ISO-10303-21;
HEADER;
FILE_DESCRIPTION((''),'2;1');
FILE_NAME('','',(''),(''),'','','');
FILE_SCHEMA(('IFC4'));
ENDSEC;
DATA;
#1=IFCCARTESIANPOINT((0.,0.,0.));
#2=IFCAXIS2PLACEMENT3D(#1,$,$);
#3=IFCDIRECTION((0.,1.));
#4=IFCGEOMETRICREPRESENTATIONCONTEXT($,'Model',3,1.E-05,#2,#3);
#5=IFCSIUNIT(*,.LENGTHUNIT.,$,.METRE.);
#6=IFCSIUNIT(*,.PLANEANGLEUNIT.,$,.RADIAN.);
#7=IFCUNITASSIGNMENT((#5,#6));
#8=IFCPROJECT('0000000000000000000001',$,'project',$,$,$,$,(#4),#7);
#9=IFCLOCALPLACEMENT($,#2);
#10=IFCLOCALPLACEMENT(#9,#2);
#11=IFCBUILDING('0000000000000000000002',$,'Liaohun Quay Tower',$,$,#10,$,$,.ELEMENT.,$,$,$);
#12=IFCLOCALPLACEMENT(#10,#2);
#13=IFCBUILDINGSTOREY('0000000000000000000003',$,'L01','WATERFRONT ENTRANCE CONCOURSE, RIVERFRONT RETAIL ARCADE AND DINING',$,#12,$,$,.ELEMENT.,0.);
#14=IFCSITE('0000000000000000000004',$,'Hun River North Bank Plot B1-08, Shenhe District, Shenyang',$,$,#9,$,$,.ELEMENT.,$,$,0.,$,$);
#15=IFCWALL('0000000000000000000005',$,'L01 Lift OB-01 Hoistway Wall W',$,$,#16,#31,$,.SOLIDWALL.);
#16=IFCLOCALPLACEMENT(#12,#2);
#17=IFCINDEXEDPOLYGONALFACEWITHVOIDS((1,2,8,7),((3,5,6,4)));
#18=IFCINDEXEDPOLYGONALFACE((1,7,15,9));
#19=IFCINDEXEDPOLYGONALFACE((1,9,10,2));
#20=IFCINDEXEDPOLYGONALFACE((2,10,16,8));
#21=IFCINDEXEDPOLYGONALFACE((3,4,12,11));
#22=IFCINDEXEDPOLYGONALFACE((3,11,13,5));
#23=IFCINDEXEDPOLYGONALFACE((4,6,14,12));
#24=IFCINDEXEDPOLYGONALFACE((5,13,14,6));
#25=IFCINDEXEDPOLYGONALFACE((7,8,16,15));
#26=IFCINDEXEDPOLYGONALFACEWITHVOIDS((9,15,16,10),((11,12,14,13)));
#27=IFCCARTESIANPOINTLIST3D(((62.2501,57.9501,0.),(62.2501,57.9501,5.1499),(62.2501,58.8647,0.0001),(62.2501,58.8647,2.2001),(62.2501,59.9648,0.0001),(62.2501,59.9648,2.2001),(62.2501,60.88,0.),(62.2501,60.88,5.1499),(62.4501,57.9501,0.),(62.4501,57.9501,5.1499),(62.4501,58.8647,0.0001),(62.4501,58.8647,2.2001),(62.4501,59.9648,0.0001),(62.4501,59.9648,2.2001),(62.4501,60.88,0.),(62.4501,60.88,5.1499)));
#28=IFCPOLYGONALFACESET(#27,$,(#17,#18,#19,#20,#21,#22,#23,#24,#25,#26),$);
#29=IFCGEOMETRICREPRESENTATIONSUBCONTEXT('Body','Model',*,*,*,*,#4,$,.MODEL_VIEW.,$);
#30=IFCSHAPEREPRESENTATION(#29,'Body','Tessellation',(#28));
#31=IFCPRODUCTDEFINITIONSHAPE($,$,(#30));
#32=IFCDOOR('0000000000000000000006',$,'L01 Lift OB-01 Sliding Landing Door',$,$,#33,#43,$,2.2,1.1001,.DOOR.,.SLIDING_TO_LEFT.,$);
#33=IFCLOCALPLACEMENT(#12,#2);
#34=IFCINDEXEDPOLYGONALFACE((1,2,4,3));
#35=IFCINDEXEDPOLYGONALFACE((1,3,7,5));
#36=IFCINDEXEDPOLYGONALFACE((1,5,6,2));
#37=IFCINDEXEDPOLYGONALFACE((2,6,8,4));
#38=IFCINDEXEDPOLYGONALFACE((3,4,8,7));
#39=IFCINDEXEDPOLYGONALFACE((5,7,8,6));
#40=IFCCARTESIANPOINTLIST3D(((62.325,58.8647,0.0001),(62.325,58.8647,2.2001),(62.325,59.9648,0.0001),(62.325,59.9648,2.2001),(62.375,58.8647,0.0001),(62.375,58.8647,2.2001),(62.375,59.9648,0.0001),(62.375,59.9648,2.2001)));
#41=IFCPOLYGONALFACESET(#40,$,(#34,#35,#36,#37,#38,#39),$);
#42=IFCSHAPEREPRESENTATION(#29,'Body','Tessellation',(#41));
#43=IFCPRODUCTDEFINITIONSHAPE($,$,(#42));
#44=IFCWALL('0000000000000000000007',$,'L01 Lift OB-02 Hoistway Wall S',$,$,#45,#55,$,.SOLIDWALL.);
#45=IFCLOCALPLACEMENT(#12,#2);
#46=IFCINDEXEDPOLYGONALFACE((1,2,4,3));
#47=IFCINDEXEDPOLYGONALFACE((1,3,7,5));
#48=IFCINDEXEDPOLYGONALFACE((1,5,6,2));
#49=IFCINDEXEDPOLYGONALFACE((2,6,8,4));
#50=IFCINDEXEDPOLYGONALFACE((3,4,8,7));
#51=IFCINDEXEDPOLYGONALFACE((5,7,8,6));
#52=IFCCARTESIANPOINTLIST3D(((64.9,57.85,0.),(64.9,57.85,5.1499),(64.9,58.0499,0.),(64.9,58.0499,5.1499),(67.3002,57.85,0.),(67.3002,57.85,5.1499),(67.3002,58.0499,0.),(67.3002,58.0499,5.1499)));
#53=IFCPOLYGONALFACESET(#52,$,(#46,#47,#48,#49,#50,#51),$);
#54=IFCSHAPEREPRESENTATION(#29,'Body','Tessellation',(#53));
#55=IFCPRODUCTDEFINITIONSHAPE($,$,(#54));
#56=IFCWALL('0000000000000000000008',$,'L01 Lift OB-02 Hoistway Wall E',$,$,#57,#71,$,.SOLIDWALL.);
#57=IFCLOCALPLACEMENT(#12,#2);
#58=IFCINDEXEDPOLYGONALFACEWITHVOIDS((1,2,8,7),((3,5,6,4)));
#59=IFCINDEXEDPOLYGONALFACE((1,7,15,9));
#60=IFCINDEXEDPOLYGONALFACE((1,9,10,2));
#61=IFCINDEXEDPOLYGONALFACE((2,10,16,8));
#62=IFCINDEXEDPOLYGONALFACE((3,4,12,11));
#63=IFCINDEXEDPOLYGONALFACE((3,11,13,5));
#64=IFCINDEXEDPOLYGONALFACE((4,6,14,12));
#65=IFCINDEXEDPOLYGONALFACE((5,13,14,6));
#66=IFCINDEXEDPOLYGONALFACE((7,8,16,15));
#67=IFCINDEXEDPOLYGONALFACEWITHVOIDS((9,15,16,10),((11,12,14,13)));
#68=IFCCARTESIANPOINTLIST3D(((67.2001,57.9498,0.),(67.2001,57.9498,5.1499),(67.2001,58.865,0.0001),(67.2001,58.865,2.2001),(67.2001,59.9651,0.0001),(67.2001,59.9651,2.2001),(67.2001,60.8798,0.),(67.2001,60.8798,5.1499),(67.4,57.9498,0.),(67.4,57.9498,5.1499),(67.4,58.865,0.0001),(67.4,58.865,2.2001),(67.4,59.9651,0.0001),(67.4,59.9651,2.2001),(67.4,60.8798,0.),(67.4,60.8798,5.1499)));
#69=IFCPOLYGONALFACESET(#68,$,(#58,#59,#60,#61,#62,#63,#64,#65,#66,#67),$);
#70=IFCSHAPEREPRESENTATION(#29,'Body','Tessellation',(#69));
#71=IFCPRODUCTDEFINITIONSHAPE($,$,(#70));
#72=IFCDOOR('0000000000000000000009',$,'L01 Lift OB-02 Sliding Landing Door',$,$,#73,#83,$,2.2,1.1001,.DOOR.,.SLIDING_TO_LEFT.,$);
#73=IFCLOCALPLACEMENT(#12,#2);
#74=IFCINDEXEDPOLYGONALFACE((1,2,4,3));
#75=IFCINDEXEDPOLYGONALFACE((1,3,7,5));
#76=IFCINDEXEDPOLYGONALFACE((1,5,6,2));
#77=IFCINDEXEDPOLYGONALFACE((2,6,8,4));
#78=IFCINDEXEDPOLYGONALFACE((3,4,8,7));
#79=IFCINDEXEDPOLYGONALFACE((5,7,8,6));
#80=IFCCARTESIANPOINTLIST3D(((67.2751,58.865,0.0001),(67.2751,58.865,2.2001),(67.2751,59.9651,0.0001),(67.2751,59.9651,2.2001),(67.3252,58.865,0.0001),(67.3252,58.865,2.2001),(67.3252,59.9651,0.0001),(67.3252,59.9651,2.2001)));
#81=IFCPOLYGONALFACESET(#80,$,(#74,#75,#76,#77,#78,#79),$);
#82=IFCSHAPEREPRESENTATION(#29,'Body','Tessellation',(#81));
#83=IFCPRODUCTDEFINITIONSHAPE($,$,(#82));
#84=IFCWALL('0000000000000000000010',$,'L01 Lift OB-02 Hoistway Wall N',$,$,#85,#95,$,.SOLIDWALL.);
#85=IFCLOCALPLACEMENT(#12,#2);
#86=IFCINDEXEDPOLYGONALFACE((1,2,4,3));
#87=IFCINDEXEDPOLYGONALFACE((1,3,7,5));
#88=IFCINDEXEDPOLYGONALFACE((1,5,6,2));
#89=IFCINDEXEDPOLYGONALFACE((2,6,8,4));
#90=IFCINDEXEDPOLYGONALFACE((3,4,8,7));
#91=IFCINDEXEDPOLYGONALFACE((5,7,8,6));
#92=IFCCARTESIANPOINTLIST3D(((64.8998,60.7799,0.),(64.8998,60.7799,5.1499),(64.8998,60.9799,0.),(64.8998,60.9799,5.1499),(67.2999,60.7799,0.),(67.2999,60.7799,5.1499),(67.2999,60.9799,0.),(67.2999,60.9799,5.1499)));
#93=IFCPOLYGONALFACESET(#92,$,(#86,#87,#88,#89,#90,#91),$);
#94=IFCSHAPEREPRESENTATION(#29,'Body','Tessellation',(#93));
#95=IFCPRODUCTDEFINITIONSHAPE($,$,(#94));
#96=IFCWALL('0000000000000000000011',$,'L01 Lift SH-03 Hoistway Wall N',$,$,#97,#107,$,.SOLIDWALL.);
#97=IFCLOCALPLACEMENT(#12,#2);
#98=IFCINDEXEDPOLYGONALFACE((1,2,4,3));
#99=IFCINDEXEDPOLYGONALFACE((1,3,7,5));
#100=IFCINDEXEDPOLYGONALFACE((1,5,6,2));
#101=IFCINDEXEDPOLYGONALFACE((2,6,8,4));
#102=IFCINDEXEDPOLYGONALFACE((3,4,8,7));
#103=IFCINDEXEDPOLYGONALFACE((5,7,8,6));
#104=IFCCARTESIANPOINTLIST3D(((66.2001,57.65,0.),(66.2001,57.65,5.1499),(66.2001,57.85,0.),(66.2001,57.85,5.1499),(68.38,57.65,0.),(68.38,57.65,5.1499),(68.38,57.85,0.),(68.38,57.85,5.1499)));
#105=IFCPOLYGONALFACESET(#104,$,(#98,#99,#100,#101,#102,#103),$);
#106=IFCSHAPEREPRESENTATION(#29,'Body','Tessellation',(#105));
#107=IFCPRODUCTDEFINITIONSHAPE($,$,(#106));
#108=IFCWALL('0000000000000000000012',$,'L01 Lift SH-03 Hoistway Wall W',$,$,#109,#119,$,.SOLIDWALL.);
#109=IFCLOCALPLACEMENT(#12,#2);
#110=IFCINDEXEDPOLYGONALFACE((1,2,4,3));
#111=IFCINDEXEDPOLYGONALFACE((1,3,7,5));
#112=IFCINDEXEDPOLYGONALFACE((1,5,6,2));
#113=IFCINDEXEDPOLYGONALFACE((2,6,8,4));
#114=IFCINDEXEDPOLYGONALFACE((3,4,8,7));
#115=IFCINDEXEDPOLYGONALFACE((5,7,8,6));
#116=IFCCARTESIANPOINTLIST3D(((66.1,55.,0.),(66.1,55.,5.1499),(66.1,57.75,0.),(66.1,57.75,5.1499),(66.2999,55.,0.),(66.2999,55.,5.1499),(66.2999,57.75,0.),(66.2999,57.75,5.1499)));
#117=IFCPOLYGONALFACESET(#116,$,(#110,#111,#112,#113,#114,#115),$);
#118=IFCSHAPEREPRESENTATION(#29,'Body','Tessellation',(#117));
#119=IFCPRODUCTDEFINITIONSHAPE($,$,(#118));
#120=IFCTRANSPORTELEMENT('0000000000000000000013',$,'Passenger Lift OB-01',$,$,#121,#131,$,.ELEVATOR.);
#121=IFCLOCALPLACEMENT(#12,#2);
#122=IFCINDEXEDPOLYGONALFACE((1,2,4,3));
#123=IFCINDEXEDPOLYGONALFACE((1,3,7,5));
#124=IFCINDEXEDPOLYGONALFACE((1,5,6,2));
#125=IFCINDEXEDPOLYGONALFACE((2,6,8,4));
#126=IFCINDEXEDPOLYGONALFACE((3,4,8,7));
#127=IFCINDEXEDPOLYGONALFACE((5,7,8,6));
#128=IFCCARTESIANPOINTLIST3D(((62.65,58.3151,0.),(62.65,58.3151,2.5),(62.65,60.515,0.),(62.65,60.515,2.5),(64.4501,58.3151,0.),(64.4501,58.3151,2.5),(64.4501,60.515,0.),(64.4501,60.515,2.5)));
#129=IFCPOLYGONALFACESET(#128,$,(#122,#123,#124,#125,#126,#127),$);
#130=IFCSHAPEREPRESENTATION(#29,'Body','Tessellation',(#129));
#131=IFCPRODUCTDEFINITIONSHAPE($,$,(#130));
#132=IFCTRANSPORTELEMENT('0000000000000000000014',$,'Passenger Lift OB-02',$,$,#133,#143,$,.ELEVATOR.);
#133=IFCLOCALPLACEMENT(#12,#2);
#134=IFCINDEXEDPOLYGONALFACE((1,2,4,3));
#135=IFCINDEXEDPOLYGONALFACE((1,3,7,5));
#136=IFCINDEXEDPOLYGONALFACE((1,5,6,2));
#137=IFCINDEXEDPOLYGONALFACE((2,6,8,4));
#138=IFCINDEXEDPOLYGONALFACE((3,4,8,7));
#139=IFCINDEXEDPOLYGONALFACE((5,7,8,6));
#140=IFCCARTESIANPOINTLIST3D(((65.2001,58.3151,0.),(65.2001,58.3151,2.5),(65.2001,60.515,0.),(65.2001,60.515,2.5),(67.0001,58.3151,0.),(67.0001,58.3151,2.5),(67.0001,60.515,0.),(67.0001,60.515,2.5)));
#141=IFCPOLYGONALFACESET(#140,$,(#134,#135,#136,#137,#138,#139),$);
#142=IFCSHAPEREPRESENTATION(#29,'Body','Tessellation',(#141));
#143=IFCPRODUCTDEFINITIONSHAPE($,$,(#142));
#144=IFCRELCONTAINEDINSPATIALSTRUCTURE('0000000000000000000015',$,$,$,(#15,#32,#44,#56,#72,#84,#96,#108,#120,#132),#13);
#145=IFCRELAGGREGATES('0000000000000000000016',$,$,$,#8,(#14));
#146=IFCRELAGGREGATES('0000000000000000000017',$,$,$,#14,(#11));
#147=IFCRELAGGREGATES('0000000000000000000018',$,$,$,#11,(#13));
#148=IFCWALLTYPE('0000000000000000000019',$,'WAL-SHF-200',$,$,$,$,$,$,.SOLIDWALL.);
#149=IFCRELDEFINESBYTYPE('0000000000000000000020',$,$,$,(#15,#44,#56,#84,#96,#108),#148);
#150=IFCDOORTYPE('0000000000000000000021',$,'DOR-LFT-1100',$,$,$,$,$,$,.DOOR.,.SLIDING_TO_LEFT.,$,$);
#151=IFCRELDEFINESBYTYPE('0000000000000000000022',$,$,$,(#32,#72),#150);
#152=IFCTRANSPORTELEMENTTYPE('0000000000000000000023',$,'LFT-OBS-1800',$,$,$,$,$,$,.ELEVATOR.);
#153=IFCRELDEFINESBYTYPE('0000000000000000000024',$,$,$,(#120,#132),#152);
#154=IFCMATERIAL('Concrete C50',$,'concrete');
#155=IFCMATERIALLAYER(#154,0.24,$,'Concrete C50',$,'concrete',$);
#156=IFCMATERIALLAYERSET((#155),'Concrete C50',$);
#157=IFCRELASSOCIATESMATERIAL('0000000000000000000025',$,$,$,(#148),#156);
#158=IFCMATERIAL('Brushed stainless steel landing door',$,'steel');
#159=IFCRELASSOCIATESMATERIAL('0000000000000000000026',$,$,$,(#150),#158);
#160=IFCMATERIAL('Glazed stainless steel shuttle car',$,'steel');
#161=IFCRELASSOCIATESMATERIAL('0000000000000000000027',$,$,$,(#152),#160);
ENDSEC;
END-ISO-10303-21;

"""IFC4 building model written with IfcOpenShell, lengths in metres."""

from ifc_helpers import new_model, si_unit, direction, frame, frame_2d, origin, origin_2d, place, context, subcontext, project, spatial, rectangle, extrude, source, transform, mapped, material, layer, layer_set, type_object, element, fill, save


model = new_model("IFC4")

# Units and contexts
model_context = context("Model", 3, precision=1e-05, world=origin(), true_north=direction((0.0, 1.0)))
body_context = subcontext(model_context, "Body", "Model", "MODEL_VIEW")
ifc_project = project(units=[si_unit("LENGTHUNIT", "METRE"), si_unit("PLANEANGLEUNIT", "RADIAN")], contexts=[model_context])

# Site, building, storey
site_placement = place(None, origin())
site = spatial("IfcSite", under=ifc_project, at=site_placement, Name="Hun River North Bank Plot B1-08, Shenhe District, Shenyang", CompositionType="ELEMENT", RefElevation=0.0)
building_placement = place(site_placement, origin())
building = spatial("IfcBuilding", under=site, at=building_placement, Name="Liaohun Quay Tower", CompositionType="ELEMENT")
storey_placement = place(building_placement, origin())
storey = spatial("IfcBuildingStorey", under=building, at=storey_placement, Name="L01", Description="WATERFRONT ENTRANCE CONCOURSE, RIVERFRONT RETAIL ARCADE AND DINING", CompositionType="ELEMENT", Elevation=0.0)

# Shared definitions
ifc_material_1 = material(Name="Concrete C50", Category="concrete")
ifc_layer_1 = layer(ifc_material_1, 0.24, Name="Concrete C50", Category="concrete")
ifc_layer_set_1 = layer_set([ifc_layer_1], Name="Concrete C50")
wall_type_1 = type_object("IfcWallType", Name="WAL-SHF-200", PredefinedType="SOLIDWALL", material=ifc_layer_set_1)

# Wall, opening, door
wall_1_placement = place(storey_placement, frame((62.3501, 60.8799, 0.0), z_axis=(0.0, 0.0, 1.0), x_axis=(0.0, -1.0, 0.0)))
wall_1 = element("IfcWall", 1, at=wall_1_placement, inside=storey, type_object=wall_type_1, Name="L01 Lift OB-01 Hoistway Wall W", PredefinedType="SOLIDWALL", context=body_context, shape_type="SweptSolid", body=[
    extrude(rectangle(XDim=2.9299, YDim=0.2, at=frame_2d((1.4648, 0.0))), origin(), (0.0, 0.0, 1.0), 5.1499),
])
shared_shape_1 = source(origin(), body_context, "Body", "SweptSolid", [
    extrude(rectangle(XDim=1.1001, YDim=2.2, at=frame_2d((0.55, 1.1001))), frame((0.0, 0.1099, 0.0), z_axis=(0.0, -1.0, 0.0), x_axis=(1.0, 0.0, 0.0)), (0.0, 0.0, 1.0), 0.22),
])
opening_1_placement = place(wall_1_placement, frame((0.915, 0.0, 0.0)))
opening_1 = element("IfcOpeningElement", 2, at=opening_1_placement, cuts=wall_1, PredefinedType="OPENING", context=body_context, shape_type="MappedRepresentation", body=[
    mapped(shared_shape_1, transform((0.0, 0.0, 0.0), x_axis=(1.0, 0.0, 0.0), y_axis=(0.0, 1.0, 0.0), z_axis=(0.0, 0.0, 1.0), scale=1.0)),
])
ifc_material_2 = material(Name="Brushed stainless steel landing door", Category="steel")
door_type_1 = type_object("IfcDoorType", Name="DOR-LFT-1100", OperationType="SLIDING_TO_LEFT", PredefinedType="DOOR", material=ifc_material_2)
shared_shape_2 = source(origin(), body_context, "Body", "SweptSolid", [
    extrude(rectangle(XDim=1.1001, YDim=2.2, at=frame_2d((0.55, 1.1001))), frame((0.0, 0.0249, 0.0), z_axis=(0.0, -1.0, 0.0), x_axis=(1.0, 0.0, 0.0)), (0.0, 0.0, 1.0), 0.05),
])
door_1_placement = place(opening_1_placement, origin())
door_1 = element("IfcDoor", 3, at=door_1_placement, inside=storey, type_object=door_type_1, Name="L01 Lift OB-01 Sliding Landing Door", OperationType="SLIDING_TO_LEFT", OverallHeight=2.2, OverallWidth=1.1001, PredefinedType="DOOR", context=body_context, shape_type="MappedRepresentation", body=[
    mapped(shared_shape_2, transform((0.0, 0.0, 0.0), x_axis=(1.0, 0.0, 0.0), y_axis=(0.0, 1.0, 0.0), z_axis=(0.0, 0.0, 1.0), scale=1.0)),
])
fill(opening_1, door_1)

# Wall
wall_2_placement = place(storey_placement, frame((64.8999, 57.95, 0.0), z_axis=(0.0, 0.0, 1.0), x_axis=(1.0, 0.0, 0.0)))
element("IfcWall", 4, at=wall_2_placement, inside=storey, type_object=wall_type_1, Name="L01 Lift OB-02 Hoistway Wall S", PredefinedType="SOLIDWALL", context=body_context, shape_type="SweptSolid", body=[
    extrude(rectangle(XDim=2.4001, YDim=0.2, at=frame_2d((1.2002, 0.0))), origin(), (0.0, 0.0, 1.0), 5.1499),
])

# Wall, opening, door
wall_3_placement = place(storey_placement, frame((67.3, 57.95, 0.0), z_axis=(0.0, 0.0, 1.0), x_axis=(0.0, 1.0, 0.0)))
wall_3 = element("IfcWall", 5, at=wall_3_placement, inside=storey, type_object=wall_type_1, Name="L01 Lift OB-02 Hoistway Wall E", PredefinedType="SOLIDWALL", context=body_context, shape_type="SweptSolid", body=[
    extrude(rectangle(XDim=2.9299, YDim=0.2, at=frame_2d((1.4648, 0.0))), origin(), (0.0, 0.0, 1.0), 5.1499),
])
opening_2_placement = place(wall_3_placement, frame((0.915, 0.0, 0.0)))
opening_2 = element("IfcOpeningElement", 6, at=opening_2_placement, cuts=wall_3, PredefinedType="OPENING", context=body_context, shape_type="MappedRepresentation", body=[
    mapped(shared_shape_1, transform((0.0, 0.0, 0.0), x_axis=(1.0, 0.0, 0.0), y_axis=(0.0, 1.0, 0.0), z_axis=(0.0, 0.0, 1.0), scale=1.0)),
])
door_2_placement = place(opening_2_placement, origin())
door_2 = element("IfcDoor", 7, at=door_2_placement, inside=storey, type_object=door_type_1, Name="L01 Lift OB-02 Sliding Landing Door", OperationType="SLIDING_TO_LEFT", OverallHeight=2.2, OverallWidth=1.1001, PredefinedType="DOOR", context=body_context, shape_type="MappedRepresentation", body=[
    mapped(shared_shape_2, transform((0.0, 0.0, 0.0), x_axis=(1.0, 0.0, 0.0), y_axis=(0.0, 1.0, 0.0), z_axis=(0.0, 0.0, 1.0), scale=1.0)),
])
fill(opening_2, door_2)

# Walls
wall_4_placement = place(storey_placement, frame((67.3, 60.8799, 0.0), z_axis=(0.0, 0.0, 1.0), x_axis=(-1.0, 0.0, 0.0)))
element("IfcWall", 8, at=wall_4_placement, inside=storey, type_object=wall_type_1, Name="L01 Lift OB-02 Hoistway Wall N", PredefinedType="SOLIDWALL", context=body_context, shape_type="SweptSolid", body=[
    extrude(rectangle(XDim=2.4001, YDim=0.2, at=frame_2d((1.2002, 0.0))), origin(), (0.0, 0.0, 1.0), 5.1499),
])
wall_5_placement = place(storey_placement, frame((68.3799, 57.75, 0.0), z_axis=(0.0, 0.0, 1.0), x_axis=(-1.0, 0.0, 0.0)))
element("IfcWall", 9, at=wall_5_placement, inside=storey, type_object=wall_type_1, Name="L01 Lift SH-03 Hoistway Wall N", PredefinedType="SOLIDWALL", context=body_context, shape_type="SweptSolid", body=[
    extrude(rectangle(XDim=2.1799, YDim=0.2, at=frame_2d((1.0898, 0.0))), origin(), (0.0, 0.0, 1.0), 5.1499),
])
wall_6_placement = place(storey_placement, frame((66.2, 57.75, 0.0), z_axis=(0.0, 0.0, 1.0), x_axis=(0.0, -1.0, 0.0)))
element("IfcWall", 10, at=wall_6_placement, inside=storey, type_object=wall_type_1, Name="L01 Lift SH-03 Hoistway Wall W", PredefinedType="SOLIDWALL", context=body_context, shape_type="SweptSolid", body=[
    extrude(rectangle(XDim=2.75, YDim=0.2, at=frame_2d((1.375, 0.0))), origin(), (0.0, 0.0, 1.0), 5.1499),
])

# Transport elements
ifc_material_3 = material(Name="Glazed stainless steel shuttle car", Category="steel")
transport_element_type = type_object("IfcTransportElementType", Name="LFT-OBS-1800", PredefinedType="ELEVATOR", material=ifc_material_3)
shared_shape_3 = source(origin(), body_context, "Body", "SweptSolid", [
    extrude(rectangle(XDim=1.8, YDim=2.2, at=origin_2d()), origin(), (0.0, 0.0, 1.0), 2.5),
])
for number, where, z_axis, x_axis, name in (
    (11, (63.55, 59.415, 0.0), (0.0, 0.0, 1.0), (1.0, 0.0, 0.0), "Passenger Lift OB-01"),
    (12, (66.1001, 59.415, 0.0), (0.0, 0.0, 1.0), (1.0, 0.0, 0.0), "Passenger Lift OB-02"),
):
    element("IfcTransportElement", number, at=place(storey_placement, frame(where, z_axis=z_axis, x_axis=x_axis)), inside=storey, type_object=transport_element_type, Name=name, PredefinedType="ELEVATOR", context=body_context, shape_type="MappedRepresentation", body=[
        mapped(shared_shape_3, transform((0.0, 0.0, 0.0), x_axis=(1.0, 0.0, 0.0), y_axis=(0.0, 1.0, 0.0), z_axis=(0.0, 0.0, 1.0), scale=1.0)),
    ])

save(model, "model.ifc")
